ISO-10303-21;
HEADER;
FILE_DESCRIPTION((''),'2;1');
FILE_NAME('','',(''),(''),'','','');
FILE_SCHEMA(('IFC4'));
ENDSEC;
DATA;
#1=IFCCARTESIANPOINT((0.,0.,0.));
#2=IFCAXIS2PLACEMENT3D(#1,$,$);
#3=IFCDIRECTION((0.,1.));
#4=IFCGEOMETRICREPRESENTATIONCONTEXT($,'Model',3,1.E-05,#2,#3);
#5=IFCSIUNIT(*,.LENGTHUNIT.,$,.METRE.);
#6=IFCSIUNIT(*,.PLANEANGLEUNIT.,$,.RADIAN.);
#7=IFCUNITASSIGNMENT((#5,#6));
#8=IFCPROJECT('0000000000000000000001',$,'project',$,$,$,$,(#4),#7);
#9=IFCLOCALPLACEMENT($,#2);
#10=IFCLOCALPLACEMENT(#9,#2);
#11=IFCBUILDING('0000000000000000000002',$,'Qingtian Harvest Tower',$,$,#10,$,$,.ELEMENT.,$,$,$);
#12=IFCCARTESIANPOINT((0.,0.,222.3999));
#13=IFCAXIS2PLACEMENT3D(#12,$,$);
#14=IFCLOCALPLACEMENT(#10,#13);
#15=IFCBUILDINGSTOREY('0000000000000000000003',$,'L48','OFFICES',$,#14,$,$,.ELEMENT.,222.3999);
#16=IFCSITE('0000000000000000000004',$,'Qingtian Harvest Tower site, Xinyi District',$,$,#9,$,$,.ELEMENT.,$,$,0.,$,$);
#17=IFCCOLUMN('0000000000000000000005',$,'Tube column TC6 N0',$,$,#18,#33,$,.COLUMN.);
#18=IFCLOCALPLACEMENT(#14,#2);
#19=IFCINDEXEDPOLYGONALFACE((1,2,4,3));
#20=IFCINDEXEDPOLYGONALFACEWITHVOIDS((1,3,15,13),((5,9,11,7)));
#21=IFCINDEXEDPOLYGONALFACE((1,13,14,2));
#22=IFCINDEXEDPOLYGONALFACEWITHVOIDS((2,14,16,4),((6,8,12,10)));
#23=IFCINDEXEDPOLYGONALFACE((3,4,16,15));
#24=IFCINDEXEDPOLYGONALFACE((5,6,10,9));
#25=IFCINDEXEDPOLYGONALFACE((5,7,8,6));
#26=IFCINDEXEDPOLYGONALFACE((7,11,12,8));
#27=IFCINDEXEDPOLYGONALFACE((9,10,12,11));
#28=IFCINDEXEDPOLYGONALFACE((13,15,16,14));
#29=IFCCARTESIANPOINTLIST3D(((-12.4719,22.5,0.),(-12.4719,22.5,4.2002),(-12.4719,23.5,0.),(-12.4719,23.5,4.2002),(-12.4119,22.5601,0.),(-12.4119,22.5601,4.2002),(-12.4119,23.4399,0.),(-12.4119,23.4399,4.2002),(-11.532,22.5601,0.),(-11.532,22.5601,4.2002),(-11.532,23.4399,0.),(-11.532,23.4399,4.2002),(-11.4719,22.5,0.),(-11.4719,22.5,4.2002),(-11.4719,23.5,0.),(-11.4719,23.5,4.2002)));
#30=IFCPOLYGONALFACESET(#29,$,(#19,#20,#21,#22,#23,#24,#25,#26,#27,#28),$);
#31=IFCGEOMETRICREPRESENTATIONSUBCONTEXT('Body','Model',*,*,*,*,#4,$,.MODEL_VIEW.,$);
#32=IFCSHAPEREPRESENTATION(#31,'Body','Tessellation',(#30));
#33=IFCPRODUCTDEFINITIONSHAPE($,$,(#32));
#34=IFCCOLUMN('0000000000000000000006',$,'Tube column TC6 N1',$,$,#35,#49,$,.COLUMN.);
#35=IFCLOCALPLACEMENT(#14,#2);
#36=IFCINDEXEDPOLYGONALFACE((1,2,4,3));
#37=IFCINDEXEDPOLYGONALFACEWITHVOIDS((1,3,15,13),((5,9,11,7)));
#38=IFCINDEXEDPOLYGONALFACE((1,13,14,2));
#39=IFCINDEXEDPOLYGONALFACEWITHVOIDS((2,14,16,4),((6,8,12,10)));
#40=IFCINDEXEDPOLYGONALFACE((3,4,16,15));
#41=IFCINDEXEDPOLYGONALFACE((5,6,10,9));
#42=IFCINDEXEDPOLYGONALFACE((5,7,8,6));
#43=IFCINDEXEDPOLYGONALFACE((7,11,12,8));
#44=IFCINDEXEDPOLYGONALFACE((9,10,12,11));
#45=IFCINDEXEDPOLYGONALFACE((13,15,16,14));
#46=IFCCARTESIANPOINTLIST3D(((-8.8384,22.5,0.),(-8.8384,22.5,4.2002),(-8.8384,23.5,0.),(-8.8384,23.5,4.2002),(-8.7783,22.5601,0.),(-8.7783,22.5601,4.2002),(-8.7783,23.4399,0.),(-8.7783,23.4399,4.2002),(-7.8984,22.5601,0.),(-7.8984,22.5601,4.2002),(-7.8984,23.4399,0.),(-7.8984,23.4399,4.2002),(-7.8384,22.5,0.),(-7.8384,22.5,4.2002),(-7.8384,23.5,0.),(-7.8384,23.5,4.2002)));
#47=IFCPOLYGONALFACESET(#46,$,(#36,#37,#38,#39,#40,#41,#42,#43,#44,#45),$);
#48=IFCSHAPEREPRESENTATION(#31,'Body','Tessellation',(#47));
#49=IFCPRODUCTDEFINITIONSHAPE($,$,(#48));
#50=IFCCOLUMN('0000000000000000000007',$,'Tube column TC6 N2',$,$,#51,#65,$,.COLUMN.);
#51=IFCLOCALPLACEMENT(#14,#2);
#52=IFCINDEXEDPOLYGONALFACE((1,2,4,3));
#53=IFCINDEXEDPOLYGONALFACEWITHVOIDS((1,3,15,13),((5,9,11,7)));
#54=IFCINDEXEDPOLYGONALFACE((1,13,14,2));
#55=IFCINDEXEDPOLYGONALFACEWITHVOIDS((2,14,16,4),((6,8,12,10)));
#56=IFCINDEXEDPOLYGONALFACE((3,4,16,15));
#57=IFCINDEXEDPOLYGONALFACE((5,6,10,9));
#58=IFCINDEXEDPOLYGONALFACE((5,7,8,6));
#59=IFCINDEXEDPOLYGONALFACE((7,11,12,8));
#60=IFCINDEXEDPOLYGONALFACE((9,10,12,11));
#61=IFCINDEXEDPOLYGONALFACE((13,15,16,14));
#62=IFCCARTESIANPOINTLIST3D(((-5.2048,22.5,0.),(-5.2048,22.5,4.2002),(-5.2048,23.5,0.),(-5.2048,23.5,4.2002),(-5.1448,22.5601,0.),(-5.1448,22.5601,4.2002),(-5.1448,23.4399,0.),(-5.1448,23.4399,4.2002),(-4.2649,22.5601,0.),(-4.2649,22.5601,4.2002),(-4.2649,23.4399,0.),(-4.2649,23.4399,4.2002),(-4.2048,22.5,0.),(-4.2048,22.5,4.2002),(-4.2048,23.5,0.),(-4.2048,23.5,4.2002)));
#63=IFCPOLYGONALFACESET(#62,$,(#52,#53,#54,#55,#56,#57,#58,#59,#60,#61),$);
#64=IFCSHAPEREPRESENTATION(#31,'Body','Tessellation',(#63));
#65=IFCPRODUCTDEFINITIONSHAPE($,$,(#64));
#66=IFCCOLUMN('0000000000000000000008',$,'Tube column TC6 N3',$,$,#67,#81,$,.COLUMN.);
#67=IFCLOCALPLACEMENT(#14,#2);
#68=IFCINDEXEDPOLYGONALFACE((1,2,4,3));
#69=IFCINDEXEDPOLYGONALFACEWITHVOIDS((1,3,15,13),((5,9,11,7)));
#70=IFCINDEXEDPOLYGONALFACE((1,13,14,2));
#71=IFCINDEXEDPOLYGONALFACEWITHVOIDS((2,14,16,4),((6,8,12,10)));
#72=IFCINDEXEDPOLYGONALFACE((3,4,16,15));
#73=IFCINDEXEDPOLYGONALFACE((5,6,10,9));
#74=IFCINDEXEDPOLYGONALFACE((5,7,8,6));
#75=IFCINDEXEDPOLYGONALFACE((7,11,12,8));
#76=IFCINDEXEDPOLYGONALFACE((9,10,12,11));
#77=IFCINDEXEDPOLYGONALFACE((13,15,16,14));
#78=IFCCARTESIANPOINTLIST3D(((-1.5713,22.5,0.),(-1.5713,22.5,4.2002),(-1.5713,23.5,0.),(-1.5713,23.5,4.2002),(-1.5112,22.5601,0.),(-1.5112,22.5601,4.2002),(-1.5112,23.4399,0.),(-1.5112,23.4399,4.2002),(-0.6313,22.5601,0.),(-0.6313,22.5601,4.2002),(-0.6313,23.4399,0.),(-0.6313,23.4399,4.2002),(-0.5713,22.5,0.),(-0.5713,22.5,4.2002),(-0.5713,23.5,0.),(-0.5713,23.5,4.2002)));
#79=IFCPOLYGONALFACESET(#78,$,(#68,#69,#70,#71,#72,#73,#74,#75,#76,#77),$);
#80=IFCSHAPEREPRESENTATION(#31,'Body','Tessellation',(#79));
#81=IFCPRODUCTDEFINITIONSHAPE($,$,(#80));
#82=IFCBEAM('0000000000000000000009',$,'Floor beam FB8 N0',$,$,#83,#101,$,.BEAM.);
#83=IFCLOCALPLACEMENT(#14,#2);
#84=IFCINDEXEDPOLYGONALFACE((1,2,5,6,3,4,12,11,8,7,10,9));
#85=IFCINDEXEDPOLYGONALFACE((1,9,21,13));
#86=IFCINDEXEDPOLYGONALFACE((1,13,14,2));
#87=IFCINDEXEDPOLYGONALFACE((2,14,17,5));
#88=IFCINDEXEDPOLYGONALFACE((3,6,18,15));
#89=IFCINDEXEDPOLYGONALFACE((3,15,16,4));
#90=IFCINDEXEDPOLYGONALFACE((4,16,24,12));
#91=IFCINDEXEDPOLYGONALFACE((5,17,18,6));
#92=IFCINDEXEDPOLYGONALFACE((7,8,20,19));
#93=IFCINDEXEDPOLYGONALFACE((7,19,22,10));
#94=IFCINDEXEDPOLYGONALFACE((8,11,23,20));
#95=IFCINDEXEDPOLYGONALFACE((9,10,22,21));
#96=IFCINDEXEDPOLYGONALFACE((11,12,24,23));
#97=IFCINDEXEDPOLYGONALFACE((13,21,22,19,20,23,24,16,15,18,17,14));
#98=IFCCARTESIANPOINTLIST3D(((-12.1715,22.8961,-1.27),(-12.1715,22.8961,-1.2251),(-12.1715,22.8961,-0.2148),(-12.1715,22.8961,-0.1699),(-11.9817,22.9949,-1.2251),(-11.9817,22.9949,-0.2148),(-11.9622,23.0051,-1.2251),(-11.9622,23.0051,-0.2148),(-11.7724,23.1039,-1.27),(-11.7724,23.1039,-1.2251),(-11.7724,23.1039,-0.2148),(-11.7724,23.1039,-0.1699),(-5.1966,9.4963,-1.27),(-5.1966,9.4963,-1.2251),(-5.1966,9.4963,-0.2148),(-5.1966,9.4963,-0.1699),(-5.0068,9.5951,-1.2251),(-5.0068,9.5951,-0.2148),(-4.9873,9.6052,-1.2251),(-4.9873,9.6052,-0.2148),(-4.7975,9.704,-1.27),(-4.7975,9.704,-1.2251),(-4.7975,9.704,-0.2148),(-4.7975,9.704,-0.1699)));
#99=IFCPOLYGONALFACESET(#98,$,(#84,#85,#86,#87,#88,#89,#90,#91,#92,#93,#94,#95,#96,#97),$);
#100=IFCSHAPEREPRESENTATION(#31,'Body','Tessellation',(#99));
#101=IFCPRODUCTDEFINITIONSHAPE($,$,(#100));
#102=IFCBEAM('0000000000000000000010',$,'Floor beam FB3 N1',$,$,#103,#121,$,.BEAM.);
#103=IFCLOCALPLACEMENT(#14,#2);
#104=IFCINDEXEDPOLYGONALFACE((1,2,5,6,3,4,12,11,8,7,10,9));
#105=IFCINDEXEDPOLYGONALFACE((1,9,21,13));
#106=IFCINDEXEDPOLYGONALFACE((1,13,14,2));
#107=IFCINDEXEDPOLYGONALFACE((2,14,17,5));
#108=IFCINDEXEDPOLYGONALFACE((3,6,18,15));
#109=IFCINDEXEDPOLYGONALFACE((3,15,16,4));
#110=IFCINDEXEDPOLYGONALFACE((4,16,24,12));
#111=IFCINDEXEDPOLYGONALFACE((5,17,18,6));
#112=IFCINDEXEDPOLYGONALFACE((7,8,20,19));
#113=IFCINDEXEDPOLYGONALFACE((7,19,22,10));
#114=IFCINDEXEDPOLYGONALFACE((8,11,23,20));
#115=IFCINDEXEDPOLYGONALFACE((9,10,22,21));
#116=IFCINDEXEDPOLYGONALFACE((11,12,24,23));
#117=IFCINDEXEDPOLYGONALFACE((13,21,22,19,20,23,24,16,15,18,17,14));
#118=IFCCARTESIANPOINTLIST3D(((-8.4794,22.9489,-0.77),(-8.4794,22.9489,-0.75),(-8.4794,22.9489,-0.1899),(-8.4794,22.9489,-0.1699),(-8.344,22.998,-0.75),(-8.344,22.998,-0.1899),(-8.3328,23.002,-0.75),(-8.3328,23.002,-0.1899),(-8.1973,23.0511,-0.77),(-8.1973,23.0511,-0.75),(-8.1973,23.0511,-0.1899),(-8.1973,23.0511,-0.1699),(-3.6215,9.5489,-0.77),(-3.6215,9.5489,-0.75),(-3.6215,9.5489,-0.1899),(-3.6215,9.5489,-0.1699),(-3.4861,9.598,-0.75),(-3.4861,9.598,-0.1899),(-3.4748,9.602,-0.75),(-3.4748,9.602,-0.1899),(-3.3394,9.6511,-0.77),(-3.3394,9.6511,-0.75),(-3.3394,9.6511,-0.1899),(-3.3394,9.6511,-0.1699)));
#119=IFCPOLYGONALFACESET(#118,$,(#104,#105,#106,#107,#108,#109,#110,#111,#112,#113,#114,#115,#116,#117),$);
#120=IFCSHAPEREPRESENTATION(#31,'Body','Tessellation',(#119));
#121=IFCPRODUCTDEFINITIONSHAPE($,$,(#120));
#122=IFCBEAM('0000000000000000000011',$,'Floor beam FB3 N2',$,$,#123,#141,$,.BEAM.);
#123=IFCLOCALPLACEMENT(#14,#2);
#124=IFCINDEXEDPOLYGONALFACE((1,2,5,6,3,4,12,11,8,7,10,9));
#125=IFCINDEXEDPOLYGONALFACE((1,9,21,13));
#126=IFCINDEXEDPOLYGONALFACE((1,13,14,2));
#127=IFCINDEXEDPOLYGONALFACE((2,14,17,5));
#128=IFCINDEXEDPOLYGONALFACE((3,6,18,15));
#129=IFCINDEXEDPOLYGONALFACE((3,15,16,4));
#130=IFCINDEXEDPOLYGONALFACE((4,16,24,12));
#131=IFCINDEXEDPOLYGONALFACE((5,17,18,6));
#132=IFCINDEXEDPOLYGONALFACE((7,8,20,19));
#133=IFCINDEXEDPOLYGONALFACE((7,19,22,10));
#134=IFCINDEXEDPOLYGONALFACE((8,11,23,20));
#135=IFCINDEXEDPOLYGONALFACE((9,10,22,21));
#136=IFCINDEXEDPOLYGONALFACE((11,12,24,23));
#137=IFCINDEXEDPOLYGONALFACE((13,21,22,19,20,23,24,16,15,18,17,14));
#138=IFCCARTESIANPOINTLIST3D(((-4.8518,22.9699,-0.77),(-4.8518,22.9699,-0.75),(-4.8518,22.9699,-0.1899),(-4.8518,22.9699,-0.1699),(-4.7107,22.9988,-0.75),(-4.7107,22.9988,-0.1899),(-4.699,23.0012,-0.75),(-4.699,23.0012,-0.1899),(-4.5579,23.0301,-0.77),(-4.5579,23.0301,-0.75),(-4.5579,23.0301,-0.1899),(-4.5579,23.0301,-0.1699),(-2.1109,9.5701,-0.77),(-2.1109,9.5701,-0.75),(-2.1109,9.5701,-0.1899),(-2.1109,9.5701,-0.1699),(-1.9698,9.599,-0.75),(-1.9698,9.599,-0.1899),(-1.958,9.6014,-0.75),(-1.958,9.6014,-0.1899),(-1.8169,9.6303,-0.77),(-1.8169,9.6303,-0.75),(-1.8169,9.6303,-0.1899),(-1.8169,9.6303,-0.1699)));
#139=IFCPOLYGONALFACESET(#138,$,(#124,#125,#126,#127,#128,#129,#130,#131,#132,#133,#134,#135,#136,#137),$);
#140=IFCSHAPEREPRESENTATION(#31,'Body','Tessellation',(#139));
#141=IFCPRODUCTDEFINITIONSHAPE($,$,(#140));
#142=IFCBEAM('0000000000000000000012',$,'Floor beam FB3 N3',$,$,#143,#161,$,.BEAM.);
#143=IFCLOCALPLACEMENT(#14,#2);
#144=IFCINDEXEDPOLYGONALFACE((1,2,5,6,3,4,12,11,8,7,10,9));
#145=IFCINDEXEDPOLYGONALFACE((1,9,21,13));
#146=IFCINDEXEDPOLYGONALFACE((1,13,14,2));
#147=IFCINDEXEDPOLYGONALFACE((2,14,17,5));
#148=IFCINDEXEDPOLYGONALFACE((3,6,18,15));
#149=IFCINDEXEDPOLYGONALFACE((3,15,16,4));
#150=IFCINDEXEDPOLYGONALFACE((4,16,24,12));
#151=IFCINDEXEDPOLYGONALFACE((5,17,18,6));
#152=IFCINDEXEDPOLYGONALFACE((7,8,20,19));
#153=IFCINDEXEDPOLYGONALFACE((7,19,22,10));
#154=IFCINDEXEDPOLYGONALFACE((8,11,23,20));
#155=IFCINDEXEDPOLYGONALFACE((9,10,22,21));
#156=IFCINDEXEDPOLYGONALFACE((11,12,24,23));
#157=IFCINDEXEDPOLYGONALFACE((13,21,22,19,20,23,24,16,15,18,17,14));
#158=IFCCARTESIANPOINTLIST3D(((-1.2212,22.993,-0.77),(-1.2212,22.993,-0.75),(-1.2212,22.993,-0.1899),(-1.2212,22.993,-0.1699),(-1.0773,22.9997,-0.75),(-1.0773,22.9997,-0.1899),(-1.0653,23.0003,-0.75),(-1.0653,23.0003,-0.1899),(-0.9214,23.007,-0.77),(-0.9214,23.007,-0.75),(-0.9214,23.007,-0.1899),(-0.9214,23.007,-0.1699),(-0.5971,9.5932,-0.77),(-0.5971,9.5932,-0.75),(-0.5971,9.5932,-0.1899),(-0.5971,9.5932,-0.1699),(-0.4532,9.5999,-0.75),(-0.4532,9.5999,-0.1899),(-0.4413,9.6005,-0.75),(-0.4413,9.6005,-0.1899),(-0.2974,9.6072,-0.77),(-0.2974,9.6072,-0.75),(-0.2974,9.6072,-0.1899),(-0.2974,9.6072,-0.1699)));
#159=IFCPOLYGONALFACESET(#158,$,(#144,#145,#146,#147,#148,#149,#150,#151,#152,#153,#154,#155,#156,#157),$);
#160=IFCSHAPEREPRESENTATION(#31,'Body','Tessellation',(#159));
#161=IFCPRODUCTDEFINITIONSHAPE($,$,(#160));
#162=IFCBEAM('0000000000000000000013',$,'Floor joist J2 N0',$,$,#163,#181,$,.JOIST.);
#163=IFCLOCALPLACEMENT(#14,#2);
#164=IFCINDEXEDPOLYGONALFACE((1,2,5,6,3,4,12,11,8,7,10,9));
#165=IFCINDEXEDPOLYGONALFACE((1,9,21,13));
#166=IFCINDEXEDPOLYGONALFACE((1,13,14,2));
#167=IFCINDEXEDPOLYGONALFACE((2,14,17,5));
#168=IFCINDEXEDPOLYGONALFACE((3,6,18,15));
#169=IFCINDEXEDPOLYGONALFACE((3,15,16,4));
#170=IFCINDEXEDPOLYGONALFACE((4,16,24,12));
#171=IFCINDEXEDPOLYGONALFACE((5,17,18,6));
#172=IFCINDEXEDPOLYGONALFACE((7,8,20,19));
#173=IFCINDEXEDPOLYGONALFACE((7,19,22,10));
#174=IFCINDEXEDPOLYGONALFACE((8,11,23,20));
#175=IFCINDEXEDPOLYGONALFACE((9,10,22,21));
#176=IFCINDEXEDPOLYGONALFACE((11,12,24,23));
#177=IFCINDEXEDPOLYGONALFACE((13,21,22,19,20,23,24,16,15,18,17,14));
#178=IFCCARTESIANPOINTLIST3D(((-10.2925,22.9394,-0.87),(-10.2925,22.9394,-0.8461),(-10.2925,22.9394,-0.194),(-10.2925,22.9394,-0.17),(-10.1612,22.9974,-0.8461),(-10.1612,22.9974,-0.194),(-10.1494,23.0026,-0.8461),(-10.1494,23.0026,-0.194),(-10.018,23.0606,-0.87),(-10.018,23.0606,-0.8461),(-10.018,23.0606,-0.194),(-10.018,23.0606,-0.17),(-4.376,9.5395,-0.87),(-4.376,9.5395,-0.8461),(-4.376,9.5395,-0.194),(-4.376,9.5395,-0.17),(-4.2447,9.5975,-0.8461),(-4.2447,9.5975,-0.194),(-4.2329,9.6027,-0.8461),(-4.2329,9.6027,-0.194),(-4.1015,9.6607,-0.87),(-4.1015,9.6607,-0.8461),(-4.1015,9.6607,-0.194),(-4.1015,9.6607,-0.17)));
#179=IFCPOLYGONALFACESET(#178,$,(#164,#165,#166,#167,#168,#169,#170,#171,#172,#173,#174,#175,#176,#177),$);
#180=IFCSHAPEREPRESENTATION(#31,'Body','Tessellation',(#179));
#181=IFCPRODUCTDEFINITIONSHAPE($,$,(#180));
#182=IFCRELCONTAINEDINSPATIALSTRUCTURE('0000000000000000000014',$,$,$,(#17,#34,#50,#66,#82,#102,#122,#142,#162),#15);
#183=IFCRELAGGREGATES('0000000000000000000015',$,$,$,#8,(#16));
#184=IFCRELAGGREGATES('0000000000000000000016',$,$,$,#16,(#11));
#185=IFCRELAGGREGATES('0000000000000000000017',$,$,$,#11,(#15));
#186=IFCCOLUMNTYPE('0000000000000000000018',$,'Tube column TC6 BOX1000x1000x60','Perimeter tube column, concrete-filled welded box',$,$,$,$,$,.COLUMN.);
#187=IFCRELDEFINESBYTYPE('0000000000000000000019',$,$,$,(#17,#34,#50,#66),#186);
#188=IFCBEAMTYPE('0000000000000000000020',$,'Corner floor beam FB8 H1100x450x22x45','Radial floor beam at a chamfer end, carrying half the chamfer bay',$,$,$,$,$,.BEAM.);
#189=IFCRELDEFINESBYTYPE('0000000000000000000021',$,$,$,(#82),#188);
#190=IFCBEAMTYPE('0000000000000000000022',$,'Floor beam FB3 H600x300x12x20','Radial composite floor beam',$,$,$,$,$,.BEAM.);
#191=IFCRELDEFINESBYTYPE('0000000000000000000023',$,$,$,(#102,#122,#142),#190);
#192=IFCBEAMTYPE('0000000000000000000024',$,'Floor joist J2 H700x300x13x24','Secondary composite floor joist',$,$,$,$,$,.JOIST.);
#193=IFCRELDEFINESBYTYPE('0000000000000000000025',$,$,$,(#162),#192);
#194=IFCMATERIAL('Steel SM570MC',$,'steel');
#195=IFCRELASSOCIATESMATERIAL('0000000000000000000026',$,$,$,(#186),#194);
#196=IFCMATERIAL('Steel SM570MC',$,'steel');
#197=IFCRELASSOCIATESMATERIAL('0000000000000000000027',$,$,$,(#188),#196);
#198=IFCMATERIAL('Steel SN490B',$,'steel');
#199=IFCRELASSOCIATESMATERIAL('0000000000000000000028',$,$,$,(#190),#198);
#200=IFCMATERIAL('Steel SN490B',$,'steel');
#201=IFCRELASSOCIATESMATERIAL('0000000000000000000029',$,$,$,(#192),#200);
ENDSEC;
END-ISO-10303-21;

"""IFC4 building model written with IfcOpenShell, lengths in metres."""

from ifc_helpers import new_model, si_unit, direction, frame, origin, origin_2d, place, context, subcontext, project, spatial, hollow_rectangle, i_section, extrude, material, material_profile, profile_set, type_object, element, save


model = new_model("IFC4")

# Units and contexts
model_context = context("Model", 3, precision=1e-05, world=origin(), true_north=direction((0.0, 1.0)))
body_context = subcontext(model_context, "Body", "Model", "MODEL_VIEW")
ifc_project = project(units=[si_unit("LENGTHUNIT", "METRE"), si_unit("PLANEANGLEUNIT", "RADIAN")], contexts=[model_context])

# Site, building, storey
site_placement = place(None, origin())
site = spatial("IfcSite", under=ifc_project, at=site_placement, Name="Qingtian Harvest Tower site, Xinyi District", CompositionType="ELEMENT", RefElevation=0.0)
building_placement = place(site_placement, origin())
building = spatial("IfcBuilding", under=site, at=building_placement, Name="Qingtian Harvest Tower", CompositionType="ELEMENT")
storey_placement = place(building_placement, frame((0.0, 0.0, 222.3999)))
storey = spatial("IfcBuildingStorey", under=building, at=storey_placement, Name="L48", Description="OFFICES", CompositionType="ELEMENT", Elevation=222.3999)

# Columns
ifc_material_1 = material(Name="Steel SM570MC", Category="steel")
ifc_material_profile_1 = material_profile(ifc_material_1, hollow_rectangle(XDim=1.0, YDim=1.0, WallThickness=0.0601, at=origin_2d()), Name="BOX1000x1000x60")
ifc_profile_set_1 = profile_set([ifc_material_profile_1], Name="Steel SM570MC")
column_type = type_object("IfcColumnType", Name="Tube column TC6 BOX1000x1000x60", Description="Perimeter tube column, concrete-filled welded box", PredefinedType="COLUMN", material=ifc_profile_set_1)
for number, where, z_axis, x_axis, name in (
    (1, (-11.9719, 23.0, 0.0), (0.0, 0.0, 1.0), (-1.0, 0.0, 0.0), "Tube column TC6 N0"),
    (2, (-8.3384, 23.0, 0.0), (0.0, 0.0, 1.0), (-1.0, 0.0, 0.0), "Tube column TC6 N1"),
    (3, (-4.7048, 23.0, 0.0), (0.0, 0.0, 1.0), (-1.0, 0.0, 0.0), "Tube column TC6 N2"),
    (4, (-1.0713, 23.0, 0.0), (0.0, 0.0, 1.0), (-1.0, 0.0, 0.0), "Tube column TC6 N3"),
):
    element("IfcColumn", number, at=place(storey_placement, frame(where, z_axis=z_axis, x_axis=x_axis)), inside=storey, type_object=column_type, Name=name, PredefinedType="COLUMN", context=body_context, shape_type="SweptSolid", body=[
        extrude(hollow_rectangle(XDim=1.0, YDim=1.0, WallThickness=0.0601, at=origin_2d()), origin(), (0.0, 0.0, 1.0), 4.2002),
    ])

# Beams
ifc_material_2 = material(Name="Steel SM570MC", Category="steel")
ifc_material_profile_2 = material_profile(ifc_material_2, i_section(OverallWidth=0.45, OverallDepth=1.1001, WebThickness=0.022, FlangeThickness=0.0449, at=origin_2d()), Name="H1100x450x22x45")
ifc_profile_set_2 = profile_set([ifc_material_profile_2], Name="Steel SM570MC")
beam_type_1 = type_object("IfcBeamType", Name="Corner floor beam FB8 H1100x450x22x45", Description="Radial floor beam at a chamfer end, carrying half the chamfer bay", PredefinedType="BEAM", material=ifc_profile_set_2)
beam_1_placement = place(storey_placement, frame((-11.9719, 23.0, -0.72), z_axis=(0.461712, -0.88703, 0.0), x_axis=(0.88703, 0.461712, 0.0)))
element("IfcBeam", 5, at=beam_1_placement, inside=storey, type_object=beam_type_1, Name="Floor beam FB8 N0", PredefinedType="BEAM", context=body_context, shape_type="SweptSolid", body=[
    extrude(i_section(OverallWidth=0.45, OverallDepth=1.1001, WebThickness=0.022, FlangeThickness=0.0449, at=origin_2d()), origin(), (0.0, 0.0, 1.0), 15.1064),
])
ifc_material_3 = material(Name="Steel SN490B", Category="steel")
ifc_material_profile_3 = material_profile(ifc_material_3, i_section(OverallWidth=0.3, OverallDepth=0.6001, WebThickness=0.012, FlangeThickness=0.02, at=origin_2d()), Name="H600x300x12x20")
ifc_profile_set_3 = profile_set([ifc_material_profile_3], Name="Steel SN490B")
beam_type_2 = type_object("IfcBeamType", Name="Floor beam FB3 H600x300x12x20", Description="Radial composite floor beam", PredefinedType="BEAM", material=ifc_profile_set_3)
beam_2_placement = place(storey_placement, frame((-8.3384, 23.0, -0.47), z_axis=(0.340827, -0.940126, 0.0), x_axis=(0.940126, 0.340827, 0.0)))
element("IfcBeam", 6, at=beam_2_placement, inside=storey, type_object=beam_type_2, Name="Floor beam FB3 N1", PredefinedType="BEAM", context=body_context, shape_type="SweptSolid", body=[
    extrude(i_section(OverallWidth=0.3, OverallDepth=0.6001, WebThickness=0.012, FlangeThickness=0.02, at=origin_2d()), origin(), (0.0, 0.0, 1.0), 14.2534),
])
beam_3_placement = place(storey_placement, frame((-4.7048, 23.0, -0.47), z_axis=(0.200402, -0.979714, 0.0), x_axis=(0.979714, 0.200402, 0.0)))
element("IfcBeam", 7, at=beam_3_placement, inside=storey, type_object=beam_type_2, Name="Floor beam FB3 N2", PredefinedType="BEAM", context=body_context, shape_type="SweptSolid", body=[
    extrude(i_section(OverallWidth=0.3, OverallDepth=0.6001, WebThickness=0.012, FlangeThickness=0.02, at=origin_2d()), origin(), (0.0, 0.0, 1.0), 13.6772),
])
beam_4_placement = place(storey_placement, frame((-1.0713, 23.0, -0.47), z_axis=(0.046519, -0.998917, 0.0), x_axis=(0.998917, 0.046519, 0.0)))
element("IfcBeam", 8, at=beam_4_placement, inside=storey, type_object=beam_type_2, Name="Floor beam FB3 N3", PredefinedType="BEAM", context=body_context, shape_type="SweptSolid", body=[
    extrude(i_section(OverallWidth=0.3, OverallDepth=0.6001, WebThickness=0.012, FlangeThickness=0.02, at=origin_2d()), origin(), (0.0, 0.0, 1.0), 13.4143),
])
ifc_material_4 = material(Name="Steel SN490B", Category="steel")
ifc_material_profile_4 = material_profile(ifc_material_4, i_section(OverallWidth=0.3, OverallDepth=0.7, WebThickness=0.0129, FlangeThickness=0.0239, at=origin_2d()), Name="H700x300x13x24")
ifc_profile_set_4 = profile_set([ifc_material_profile_4], Name="Steel SN490B")
beam_type_3 = type_object("IfcBeamType", Name="Floor joist J2 H700x300x13x24", Description="Secondary composite floor joist", PredefinedType="JOIST", material=ifc_profile_set_4)
beam_5_placement = place(storey_placement, frame((-10.1553, 23.0, -0.52), z_axis=(0.403913, -0.914797, 0.0), x_axis=(0.914797, 0.403913, 0.0)))
element("IfcBeam", 9, at=beam_5_placement, inside=storey, type_object=beam_type_3, Name="Floor joist J2 N0", PredefinedType="JOIST", context=body_context, shape_type="SweptSolid", body=[
    extrude(i_section(OverallWidth=0.3, OverallDepth=0.7, WebThickness=0.0129, FlangeThickness=0.0239, at=origin_2d()), origin(), (0.0, 0.0, 1.0), 14.6479),
])

save(model, "model.ifc")
